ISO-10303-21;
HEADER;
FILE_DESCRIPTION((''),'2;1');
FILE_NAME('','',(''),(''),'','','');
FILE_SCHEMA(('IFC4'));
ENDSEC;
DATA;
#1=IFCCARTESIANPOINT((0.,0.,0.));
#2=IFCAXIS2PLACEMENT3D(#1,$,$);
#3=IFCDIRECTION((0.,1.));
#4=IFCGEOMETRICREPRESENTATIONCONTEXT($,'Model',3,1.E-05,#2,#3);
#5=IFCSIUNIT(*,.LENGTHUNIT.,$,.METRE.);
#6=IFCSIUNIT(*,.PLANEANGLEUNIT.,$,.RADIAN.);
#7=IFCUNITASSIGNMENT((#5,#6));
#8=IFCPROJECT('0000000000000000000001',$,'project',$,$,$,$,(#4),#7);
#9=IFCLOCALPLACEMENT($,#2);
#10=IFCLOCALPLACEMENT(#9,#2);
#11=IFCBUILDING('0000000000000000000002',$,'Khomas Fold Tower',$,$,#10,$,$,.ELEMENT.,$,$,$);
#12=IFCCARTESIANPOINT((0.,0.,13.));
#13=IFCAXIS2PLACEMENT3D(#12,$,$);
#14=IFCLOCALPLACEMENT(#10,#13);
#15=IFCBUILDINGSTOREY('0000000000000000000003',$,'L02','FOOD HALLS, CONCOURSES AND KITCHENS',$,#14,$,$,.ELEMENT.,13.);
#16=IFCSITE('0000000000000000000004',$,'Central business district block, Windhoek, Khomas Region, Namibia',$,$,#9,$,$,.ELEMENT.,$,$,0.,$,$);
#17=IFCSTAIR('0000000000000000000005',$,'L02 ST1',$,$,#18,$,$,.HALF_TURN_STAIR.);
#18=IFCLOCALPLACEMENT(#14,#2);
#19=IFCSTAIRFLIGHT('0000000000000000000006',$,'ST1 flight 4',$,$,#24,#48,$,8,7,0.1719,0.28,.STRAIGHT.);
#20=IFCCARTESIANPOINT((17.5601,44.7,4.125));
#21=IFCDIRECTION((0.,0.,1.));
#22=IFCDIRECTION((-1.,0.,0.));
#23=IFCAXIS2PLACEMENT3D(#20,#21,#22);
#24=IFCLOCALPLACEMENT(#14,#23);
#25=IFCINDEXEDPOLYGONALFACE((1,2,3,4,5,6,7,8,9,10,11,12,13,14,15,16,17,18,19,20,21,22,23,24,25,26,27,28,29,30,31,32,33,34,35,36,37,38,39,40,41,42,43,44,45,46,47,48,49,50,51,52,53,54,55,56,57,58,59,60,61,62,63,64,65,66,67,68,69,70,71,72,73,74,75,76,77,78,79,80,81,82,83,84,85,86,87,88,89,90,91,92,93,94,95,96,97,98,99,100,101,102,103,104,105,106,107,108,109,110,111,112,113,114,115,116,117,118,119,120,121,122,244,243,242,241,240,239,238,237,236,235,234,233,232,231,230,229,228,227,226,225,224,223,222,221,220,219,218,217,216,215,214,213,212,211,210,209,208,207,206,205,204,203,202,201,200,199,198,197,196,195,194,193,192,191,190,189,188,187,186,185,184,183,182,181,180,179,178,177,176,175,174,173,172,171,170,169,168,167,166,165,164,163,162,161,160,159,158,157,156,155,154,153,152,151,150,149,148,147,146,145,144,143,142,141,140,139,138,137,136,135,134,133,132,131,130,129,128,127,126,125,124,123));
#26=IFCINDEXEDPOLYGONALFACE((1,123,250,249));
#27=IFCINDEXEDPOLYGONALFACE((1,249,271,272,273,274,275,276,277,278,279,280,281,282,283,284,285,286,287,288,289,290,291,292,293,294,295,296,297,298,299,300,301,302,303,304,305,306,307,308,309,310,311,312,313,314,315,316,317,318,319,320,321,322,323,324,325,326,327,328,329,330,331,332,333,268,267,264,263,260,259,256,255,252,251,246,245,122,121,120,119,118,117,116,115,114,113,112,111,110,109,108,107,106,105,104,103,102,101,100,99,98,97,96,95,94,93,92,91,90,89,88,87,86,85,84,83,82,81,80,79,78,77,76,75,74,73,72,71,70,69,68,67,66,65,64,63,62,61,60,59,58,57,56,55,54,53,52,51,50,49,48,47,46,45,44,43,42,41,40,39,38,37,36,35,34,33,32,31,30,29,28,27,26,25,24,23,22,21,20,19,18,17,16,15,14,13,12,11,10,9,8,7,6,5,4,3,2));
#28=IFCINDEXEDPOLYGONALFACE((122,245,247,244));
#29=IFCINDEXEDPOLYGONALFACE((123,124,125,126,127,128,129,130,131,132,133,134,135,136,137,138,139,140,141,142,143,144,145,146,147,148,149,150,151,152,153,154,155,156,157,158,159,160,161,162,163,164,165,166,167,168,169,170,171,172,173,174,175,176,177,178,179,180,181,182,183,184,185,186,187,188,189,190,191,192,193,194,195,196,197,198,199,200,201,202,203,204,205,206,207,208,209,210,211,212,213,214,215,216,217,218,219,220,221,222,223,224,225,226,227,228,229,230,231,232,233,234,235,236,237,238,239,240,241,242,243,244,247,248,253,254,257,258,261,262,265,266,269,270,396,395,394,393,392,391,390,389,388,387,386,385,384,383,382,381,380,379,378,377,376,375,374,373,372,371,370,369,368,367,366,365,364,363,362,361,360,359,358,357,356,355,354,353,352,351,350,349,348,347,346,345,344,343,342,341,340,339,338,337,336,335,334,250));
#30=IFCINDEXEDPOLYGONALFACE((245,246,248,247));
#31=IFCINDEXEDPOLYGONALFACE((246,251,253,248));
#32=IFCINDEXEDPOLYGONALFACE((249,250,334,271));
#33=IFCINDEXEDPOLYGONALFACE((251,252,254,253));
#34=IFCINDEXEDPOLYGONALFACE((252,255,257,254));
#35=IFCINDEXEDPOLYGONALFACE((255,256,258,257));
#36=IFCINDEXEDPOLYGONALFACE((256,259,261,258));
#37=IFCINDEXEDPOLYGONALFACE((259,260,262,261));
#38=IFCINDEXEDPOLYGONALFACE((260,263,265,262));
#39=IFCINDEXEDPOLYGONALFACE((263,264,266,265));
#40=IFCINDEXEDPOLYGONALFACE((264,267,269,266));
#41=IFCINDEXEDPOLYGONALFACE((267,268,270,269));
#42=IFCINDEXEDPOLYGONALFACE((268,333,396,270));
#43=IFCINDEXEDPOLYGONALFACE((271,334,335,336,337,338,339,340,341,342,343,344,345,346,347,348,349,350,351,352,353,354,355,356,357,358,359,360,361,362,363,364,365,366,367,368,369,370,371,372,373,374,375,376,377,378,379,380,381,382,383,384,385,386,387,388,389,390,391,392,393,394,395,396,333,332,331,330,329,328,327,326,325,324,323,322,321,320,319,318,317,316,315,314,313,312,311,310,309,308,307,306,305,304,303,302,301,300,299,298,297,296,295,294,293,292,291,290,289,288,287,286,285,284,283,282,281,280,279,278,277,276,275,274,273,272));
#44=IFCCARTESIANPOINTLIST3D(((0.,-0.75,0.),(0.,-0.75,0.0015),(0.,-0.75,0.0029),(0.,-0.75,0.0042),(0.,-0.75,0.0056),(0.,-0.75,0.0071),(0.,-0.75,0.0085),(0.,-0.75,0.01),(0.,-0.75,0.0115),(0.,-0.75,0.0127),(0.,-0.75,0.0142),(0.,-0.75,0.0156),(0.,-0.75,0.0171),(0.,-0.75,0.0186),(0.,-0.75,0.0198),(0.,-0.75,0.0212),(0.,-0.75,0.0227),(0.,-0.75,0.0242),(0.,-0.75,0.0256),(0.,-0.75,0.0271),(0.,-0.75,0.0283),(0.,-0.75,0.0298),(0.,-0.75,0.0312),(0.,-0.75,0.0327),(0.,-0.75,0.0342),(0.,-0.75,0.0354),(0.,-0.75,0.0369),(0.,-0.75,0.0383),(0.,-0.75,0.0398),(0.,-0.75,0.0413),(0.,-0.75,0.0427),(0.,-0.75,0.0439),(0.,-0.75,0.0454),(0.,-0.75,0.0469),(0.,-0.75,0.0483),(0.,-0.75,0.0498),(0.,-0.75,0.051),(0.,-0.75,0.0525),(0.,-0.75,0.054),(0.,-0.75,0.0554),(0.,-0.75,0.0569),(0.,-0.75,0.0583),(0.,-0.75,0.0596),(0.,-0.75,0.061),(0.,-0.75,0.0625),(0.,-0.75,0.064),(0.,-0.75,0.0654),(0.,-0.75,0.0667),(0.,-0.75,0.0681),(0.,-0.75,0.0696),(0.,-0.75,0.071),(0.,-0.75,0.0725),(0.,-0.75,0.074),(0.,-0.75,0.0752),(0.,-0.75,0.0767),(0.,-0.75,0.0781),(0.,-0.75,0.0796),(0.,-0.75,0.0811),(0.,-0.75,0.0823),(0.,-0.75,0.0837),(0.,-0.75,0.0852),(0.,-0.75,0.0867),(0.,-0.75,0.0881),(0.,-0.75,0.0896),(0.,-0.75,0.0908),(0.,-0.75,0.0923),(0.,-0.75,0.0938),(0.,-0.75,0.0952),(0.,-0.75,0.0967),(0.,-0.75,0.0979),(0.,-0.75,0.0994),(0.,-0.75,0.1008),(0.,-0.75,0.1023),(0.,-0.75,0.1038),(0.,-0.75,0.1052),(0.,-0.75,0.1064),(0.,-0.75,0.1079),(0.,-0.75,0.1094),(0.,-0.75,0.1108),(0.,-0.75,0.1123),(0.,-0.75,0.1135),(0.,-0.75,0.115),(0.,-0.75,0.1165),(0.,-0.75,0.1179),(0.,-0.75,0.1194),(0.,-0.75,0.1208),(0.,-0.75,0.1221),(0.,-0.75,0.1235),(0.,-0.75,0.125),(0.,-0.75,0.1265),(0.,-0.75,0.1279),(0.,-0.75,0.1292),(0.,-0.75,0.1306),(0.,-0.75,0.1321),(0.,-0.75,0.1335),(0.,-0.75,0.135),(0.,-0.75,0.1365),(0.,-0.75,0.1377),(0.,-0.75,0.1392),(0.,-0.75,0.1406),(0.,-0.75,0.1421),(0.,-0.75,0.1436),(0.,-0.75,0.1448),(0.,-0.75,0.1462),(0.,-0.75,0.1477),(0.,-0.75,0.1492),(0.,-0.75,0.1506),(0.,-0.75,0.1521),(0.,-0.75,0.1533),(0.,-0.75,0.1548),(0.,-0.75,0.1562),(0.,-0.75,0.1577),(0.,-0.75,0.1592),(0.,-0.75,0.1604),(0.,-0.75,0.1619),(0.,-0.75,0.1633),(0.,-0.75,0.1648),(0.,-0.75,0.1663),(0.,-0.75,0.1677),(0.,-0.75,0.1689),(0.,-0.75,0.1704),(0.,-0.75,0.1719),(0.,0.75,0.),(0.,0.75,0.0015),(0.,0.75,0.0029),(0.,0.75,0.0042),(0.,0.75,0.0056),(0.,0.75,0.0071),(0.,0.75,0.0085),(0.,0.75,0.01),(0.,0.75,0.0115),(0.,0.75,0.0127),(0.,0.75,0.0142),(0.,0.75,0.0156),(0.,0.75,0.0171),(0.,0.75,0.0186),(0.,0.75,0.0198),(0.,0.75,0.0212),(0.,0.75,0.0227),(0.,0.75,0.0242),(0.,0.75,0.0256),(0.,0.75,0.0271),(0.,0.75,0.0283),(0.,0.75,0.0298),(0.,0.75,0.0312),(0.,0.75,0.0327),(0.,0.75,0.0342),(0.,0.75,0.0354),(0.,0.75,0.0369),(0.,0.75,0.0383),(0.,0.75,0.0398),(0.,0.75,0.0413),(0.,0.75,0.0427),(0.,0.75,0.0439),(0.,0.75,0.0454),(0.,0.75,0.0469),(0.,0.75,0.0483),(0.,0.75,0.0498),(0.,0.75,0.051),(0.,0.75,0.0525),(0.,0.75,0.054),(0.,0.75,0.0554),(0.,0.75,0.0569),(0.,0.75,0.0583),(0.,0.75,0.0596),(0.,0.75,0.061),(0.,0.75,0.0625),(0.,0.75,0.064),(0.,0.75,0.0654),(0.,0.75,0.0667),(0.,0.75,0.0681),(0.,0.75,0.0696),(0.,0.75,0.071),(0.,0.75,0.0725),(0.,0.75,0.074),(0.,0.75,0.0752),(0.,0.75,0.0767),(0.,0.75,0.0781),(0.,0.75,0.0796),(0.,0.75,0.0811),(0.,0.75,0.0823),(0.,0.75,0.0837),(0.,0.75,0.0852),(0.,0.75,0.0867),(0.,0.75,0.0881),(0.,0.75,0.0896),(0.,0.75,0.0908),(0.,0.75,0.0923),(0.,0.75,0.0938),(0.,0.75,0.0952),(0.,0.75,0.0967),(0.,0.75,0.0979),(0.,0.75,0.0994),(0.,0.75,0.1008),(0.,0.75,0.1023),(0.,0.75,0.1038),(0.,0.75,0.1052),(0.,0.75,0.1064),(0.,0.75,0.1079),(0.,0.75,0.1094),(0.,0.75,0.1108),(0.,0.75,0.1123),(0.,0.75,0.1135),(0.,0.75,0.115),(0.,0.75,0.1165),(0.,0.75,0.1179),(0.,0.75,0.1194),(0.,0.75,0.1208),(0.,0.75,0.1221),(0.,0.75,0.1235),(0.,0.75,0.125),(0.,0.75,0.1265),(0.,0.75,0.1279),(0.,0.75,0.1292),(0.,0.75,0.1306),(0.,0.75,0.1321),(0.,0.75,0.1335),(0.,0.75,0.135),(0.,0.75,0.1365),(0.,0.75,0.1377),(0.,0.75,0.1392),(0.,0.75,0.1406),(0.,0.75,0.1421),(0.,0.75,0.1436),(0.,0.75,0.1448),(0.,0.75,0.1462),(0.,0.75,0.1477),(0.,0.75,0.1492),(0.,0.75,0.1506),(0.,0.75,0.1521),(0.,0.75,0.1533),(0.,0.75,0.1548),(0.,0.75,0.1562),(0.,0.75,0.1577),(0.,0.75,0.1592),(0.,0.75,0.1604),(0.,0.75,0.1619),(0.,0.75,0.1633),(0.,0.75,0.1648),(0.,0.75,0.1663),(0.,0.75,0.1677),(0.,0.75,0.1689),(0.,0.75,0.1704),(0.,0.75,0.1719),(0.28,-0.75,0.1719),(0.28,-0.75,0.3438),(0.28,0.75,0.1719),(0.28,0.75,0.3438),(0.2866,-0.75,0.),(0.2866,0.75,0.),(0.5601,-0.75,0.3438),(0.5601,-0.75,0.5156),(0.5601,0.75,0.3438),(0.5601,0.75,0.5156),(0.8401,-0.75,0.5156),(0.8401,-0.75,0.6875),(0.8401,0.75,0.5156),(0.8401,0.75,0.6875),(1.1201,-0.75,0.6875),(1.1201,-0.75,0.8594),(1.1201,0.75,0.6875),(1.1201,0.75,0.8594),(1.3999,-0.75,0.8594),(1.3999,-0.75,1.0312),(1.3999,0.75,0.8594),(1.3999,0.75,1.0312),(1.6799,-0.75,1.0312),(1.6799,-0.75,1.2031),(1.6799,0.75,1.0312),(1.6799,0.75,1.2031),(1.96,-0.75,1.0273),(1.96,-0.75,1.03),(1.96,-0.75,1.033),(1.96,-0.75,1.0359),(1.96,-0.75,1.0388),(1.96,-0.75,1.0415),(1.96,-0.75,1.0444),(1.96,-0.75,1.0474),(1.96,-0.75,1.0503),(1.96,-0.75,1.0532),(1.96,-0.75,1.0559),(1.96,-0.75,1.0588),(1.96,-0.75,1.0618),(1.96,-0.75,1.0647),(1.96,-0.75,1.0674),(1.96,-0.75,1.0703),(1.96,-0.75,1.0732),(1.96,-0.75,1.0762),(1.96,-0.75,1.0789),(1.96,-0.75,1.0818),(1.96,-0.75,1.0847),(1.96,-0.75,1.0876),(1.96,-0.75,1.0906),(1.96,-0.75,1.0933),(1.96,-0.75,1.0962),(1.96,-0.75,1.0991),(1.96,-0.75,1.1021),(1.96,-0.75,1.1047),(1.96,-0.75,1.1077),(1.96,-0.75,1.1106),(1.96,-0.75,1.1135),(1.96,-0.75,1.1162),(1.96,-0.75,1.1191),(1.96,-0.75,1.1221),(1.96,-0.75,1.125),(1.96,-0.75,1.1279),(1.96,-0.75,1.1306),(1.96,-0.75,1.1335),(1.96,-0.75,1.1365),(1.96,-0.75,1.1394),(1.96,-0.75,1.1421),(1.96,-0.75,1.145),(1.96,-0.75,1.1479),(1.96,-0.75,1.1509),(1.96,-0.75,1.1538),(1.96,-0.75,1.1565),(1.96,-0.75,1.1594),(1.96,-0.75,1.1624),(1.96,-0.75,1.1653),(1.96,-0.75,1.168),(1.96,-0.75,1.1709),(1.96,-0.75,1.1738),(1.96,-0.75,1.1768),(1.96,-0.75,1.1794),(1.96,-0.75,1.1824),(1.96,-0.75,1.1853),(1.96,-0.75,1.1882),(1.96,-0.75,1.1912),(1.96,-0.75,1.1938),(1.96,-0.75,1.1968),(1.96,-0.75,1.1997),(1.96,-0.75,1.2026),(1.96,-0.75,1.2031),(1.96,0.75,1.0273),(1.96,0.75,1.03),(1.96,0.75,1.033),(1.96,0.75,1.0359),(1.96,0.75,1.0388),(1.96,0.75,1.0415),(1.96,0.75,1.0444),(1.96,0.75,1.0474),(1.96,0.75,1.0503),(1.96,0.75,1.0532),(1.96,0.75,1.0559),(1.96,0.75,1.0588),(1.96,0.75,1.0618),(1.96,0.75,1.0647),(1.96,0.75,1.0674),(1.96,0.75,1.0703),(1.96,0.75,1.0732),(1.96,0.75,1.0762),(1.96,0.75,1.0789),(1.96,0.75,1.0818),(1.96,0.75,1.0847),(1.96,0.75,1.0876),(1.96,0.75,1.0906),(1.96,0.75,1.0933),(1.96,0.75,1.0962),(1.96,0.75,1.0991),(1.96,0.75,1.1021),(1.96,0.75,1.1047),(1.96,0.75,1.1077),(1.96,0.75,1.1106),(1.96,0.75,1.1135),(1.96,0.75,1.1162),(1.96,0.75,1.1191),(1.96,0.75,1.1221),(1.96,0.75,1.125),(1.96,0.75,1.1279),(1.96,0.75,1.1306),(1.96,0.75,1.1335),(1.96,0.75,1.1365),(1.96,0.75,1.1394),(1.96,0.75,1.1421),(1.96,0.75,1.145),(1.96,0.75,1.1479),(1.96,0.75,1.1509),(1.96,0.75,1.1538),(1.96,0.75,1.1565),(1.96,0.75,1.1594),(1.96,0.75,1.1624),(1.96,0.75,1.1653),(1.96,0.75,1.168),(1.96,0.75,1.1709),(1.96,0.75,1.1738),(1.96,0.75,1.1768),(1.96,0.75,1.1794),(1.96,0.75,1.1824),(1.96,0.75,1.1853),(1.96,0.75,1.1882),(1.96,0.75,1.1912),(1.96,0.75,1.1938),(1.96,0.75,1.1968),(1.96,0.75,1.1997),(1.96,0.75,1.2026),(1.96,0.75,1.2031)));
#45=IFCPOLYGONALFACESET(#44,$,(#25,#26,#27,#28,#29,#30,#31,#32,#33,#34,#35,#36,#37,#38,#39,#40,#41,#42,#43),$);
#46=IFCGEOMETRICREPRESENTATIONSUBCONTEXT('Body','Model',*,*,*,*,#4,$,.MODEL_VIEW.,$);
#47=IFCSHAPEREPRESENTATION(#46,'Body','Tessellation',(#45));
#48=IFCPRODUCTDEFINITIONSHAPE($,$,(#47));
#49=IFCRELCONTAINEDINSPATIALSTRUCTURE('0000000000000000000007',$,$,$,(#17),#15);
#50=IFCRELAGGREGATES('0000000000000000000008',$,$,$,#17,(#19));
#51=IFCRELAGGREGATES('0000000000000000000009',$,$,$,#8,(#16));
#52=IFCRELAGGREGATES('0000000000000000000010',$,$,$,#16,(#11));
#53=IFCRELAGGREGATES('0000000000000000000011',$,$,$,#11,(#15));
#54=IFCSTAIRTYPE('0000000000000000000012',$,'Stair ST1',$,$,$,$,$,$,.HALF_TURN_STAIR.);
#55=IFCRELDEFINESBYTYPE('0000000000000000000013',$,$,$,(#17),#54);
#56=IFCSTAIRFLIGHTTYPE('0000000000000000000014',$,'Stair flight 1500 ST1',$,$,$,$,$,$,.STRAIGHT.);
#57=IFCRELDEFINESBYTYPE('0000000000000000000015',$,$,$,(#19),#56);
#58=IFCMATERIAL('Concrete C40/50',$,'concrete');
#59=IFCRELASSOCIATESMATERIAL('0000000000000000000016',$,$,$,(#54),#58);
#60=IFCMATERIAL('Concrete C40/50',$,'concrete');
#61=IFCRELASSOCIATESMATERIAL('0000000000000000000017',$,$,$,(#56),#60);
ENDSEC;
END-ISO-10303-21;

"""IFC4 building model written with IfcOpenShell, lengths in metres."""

from ifc_helpers import new_model, si_unit, direction, frame, origin, place, context, subcontext, project, spatial, polyline, outline, extrude, source, transform, mapped, material, type_object, element, aggregate, save


model = new_model("IFC4")

# Units and contexts
model_context = context("Model", 3, precision=1e-05, world=origin(), true_north=direction((0.0, 1.0)))
body_context = subcontext(model_context, "Body", "Model", "MODEL_VIEW")
ifc_project = project(units=[si_unit("LENGTHUNIT", "METRE"), si_unit("PLANEANGLEUNIT", "RADIAN")], contexts=[model_context])

# Site, building, storey
site_placement = place(None, origin())
site = spatial("IfcSite", under=ifc_project, at=site_placement, Name="Central business district block, Windhoek, Khomas Region, Namibia", CompositionType="ELEMENT", RefElevation=0.0)
building_placement = place(site_placement, origin())
building = spatial("IfcBuilding", under=site, at=building_placement, Name="Khomas Fold Tower", CompositionType="ELEMENT")
storey_placement = place(building_placement, frame((0.0, 0.0, 13.0)))
storey = spatial("IfcBuildingStorey", under=building, at=storey_placement, Name="L02", Description="FOOD HALLS, CONCOURSES AND KITCHENS", CompositionType="ELEMENT", Elevation=13.0)

# Stair, stair flight
ifc_material_1 = material(Name="Concrete C40/50", Category="concrete")
stair_type_1 = type_object("IfcStairType", Name="Stair ST1", PredefinedType="HALF_TURN_STAIR", material=ifc_material_1)
stair_1_placement = place(storey_placement, origin())
stair_1 = element("IfcStair", 1, at=stair_1_placement, inside=storey, type_object=stair_type_1, Name="L02 ST1", PredefinedType="HALF_TURN_STAIR")
ifc_material_2 = material(Name="Concrete C40/50", Category="concrete")
stair_flight_type_1 = type_object("IfcStairFlightType", Name="Stair flight 1500 ST1", PredefinedType="STRAIGHT", material=ifc_material_2)
shared_shape_1 = source(origin(), body_context, "Body", "SweptSolid", [
    extrude(outline(polyline([(0.0, 0.0), (0.0, 0.0015), (0.0, 0.0029), (0.0, 0.0042), (0.0, 0.0056), (0.0, 0.0071), (0.0, 0.0085), (0.0, 0.01), (0.0, 0.0115), (0.0, 0.0127), (0.0, 0.0142), (0.0, 0.0156), (0.0, 0.0171), (0.0, 0.0186), (0.0, 0.0198), (0.0, 0.0212), (0.0, 0.0227), (0.0, 0.0242), (0.0, 0.0256), (0.0, 0.0271), (0.0, 0.0283), (0.0, 0.0298), (0.0, 0.0312), (0.0, 0.0327), (0.0, 0.0342), (0.0, 0.0354), (0.0, 0.0369), (0.0, 0.0383), (0.0, 0.0398), (0.0, 0.0413), (0.0, 0.0427), (0.0, 0.0439), (0.0, 0.0454), (0.0, 0.0469), (0.0, 0.0483), (0.0, 0.0498), (0.0, 0.051), (0.0, 0.0525), (0.0, 0.054), (0.0, 0.0554), (0.0, 0.0569), (0.0, 0.0583), (0.0, 0.0596), (0.0, 0.061), (0.0, 0.0625), (0.0, 0.064), (0.0, 0.0654), (0.0, 0.0667), (0.0, 0.0681), (0.0, 0.0696), (0.0, 0.071), (0.0, 0.0725), (0.0, 0.074), (0.0, 0.0752), (0.0, 0.0767), (0.0, 0.0781), (0.0, 0.0796), (0.0, 0.0811), (0.0, 0.0823), (0.0, 0.0837), (0.0, 0.0852), (0.0, 0.0867), (0.0, 0.0881), (0.0, 0.0896), (0.0, 0.0908), (0.0, 0.0923), (0.0, 0.0938), (0.0, 0.0952), (0.0, 0.0967), (0.0, 0.0979), (0.0, 0.0994), (0.0, 0.1008), (0.0, 0.1023), (0.0, 0.1038), (0.0, 0.1052), (0.0, 0.1064), (0.0, 0.1079), (0.0, 0.1094), (0.0, 0.1108), (0.0, 0.1123), (0.0, 0.1135), (0.0, 0.115), (0.0, 0.1165), (0.0, 0.1179), (0.0, 0.1194), (0.0, 0.1208), (0.0, 0.1221), (0.0, 0.1235), (0.0, 0.125), (0.0, 0.1265), (0.0, 0.1279), (0.0, 0.1292), (0.0, 0.1306), (0.0, 0.1321), (0.0, 0.1335), (0.0, 0.135), (0.0, 0.1365), (0.0, 0.1377), (0.0, 0.1392), (0.0, 0.1406), (0.0, 0.1421), (0.0, 0.1436), (0.0, 0.1448), (0.0, 0.1462), (0.0, 0.1477), (0.0, 0.1492), (0.0, 0.1506), (0.0, 0.1521), (0.0, 0.1533), (0.0, 0.1548), (0.0, 0.1562), (0.0, 0.1577), (0.0, 0.1592), (0.0, 0.1604), (0.0, 0.1619), (0.0, 0.1633), (0.0, 0.1648), (0.0, 0.1663), (0.0, 0.1677), (0.0, 0.1689), (0.0, 0.1704), (0.0, 0.1719), (0.28, 0.1719), (0.28, 0.3438), (0.5601, 0.3438), (0.5601, 0.5156), (0.8401, 0.5156), (0.8401, 0.6875), (1.1201, 0.6875), (1.1201, 0.8594), (1.3999, 0.8594), (1.3999, 1.0312), (1.6799, 1.0312), (1.6799, 1.2031), (1.96, 1.2031), (1.96, 1.375), (1.96, 1.3721), (1.96, 1.3691), (1.96, 1.3665), (1.96, 1.3635), (1.96, 1.3606), (1.96, 1.3577), (1.96, 1.355), (1.96, 1.3521), (1.96, 1.3491), (1.96, 1.3462), (1.96, 1.3435), (1.96, 1.3406), (1.96, 1.3376), (1.96, 1.3347), (1.96, 1.3318), (1.96, 1.3291), (1.96, 1.3262), (1.96, 1.3232), (1.96, 1.3203), (1.96, 1.3176), (1.96, 1.3147), (1.96, 1.3118), (1.96, 1.3088), (1.96, 1.3059), (1.96, 1.3032), (1.96, 1.3003), (1.96, 1.2974), (1.96, 1.2944), (1.96, 1.2917), (1.96, 1.2888), (1.96, 1.2859), (1.96, 1.283), (1.96, 1.2803), (1.96, 1.2773), (1.96, 1.2744), (1.96, 1.2715), (1.96, 1.2686), (1.96, 1.2659), (1.96, 1.2629), (1.96, 1.26), (1.96, 1.2571), (1.96, 1.2544), (1.96, 1.2515), (1.96, 1.2485), (1.96, 1.2456), (1.96, 1.2427), (1.96, 1.24), (1.96, 1.2371), (1.96, 1.2341), (1.96, 1.2312), (1.96, 1.2285), (1.96, 1.2256), (1.96, 1.2227), (1.96, 1.2197), (1.96, 1.217), (1.96, 1.2141), (1.96, 1.2112), (1.96, 1.2083), (1.96, 1.2053), (1.96, 1.2026), (1.96, 1.1997), (1.96, 1.1968), (1.96, 1.1938), (1.96, 1.1912), (1.96, 1.1882), (1.96, 1.1853), (1.96, 1.1824), (1.96, 1.1794), (1.96, 1.1768), (1.96, 1.1738), (1.96, 1.1709), (1.96, 1.168), (1.96, 1.1653), (1.96, 1.1624), (1.96, 1.1594), (1.96, 1.1565), (1.96, 1.1538), (1.96, 1.1509), (1.96, 1.1479), (1.96, 1.145), (1.96, 1.1421), (1.96, 1.1394), (1.96, 1.1365), (1.96, 1.1335), (1.96, 1.1306), (1.96, 1.1279), (1.96, 1.125), (1.96, 1.1221), (1.96, 1.1191), (1.96, 1.1162), (1.96, 1.1135), (1.96, 1.1106), (1.96, 1.1077), (1.96, 1.1047), (1.96, 1.1021), (1.96, 1.0991), (1.96, 1.0962), (1.96, 1.0933), (1.96, 1.0906), (1.96, 1.0876), (1.96, 1.0847), (1.96, 1.0818), (1.96, 1.0789), (1.96, 1.0762), (1.96, 1.0732), (1.96, 1.0703), (1.96, 1.0674), (1.96, 1.0647), (1.96, 1.0618), (1.96, 1.0588), (1.96, 1.0559), (1.96, 1.0532), (1.96, 1.0503), (1.96, 1.0474), (1.96, 1.0444), (1.96, 1.0415), (1.96, 1.0388), (1.96, 1.0359), (1.96, 1.033), (1.96, 1.03), (1.96, 1.0273), (0.2866, 0.0), (0.0, 0.0)])), frame((0.0, 0.75, 0.0), z_axis=(0.0, -1.0, 0.0), x_axis=(1.0, 0.0, 0.0)), (0.0, 0.0, 1.0), 1.5),
])
stair_flight_1_placement = place(storey_placement, frame((17.5601, 44.7, 4.125), z_axis=(0.0, 0.0, 1.0), x_axis=(-1.0, 0.0, 0.0)))
stair_flight_1 = element("IfcStairFlight", 2, at=stair_flight_1_placement, type_object=stair_flight_type_1, Name="ST1 flight 4", NumberOfRisers=8, NumberOfTreads=7, PredefinedType="STRAIGHT", RiserHeight=0.1719, TreadLength=0.28, context=body_context, shape_type="MappedRepresentation", body=[
    mapped(shared_shape_1, transform((0.0, 0.0, 0.0))),
])
aggregate(stair_1, [stair_flight_1])

save(model, "model.ifc")
